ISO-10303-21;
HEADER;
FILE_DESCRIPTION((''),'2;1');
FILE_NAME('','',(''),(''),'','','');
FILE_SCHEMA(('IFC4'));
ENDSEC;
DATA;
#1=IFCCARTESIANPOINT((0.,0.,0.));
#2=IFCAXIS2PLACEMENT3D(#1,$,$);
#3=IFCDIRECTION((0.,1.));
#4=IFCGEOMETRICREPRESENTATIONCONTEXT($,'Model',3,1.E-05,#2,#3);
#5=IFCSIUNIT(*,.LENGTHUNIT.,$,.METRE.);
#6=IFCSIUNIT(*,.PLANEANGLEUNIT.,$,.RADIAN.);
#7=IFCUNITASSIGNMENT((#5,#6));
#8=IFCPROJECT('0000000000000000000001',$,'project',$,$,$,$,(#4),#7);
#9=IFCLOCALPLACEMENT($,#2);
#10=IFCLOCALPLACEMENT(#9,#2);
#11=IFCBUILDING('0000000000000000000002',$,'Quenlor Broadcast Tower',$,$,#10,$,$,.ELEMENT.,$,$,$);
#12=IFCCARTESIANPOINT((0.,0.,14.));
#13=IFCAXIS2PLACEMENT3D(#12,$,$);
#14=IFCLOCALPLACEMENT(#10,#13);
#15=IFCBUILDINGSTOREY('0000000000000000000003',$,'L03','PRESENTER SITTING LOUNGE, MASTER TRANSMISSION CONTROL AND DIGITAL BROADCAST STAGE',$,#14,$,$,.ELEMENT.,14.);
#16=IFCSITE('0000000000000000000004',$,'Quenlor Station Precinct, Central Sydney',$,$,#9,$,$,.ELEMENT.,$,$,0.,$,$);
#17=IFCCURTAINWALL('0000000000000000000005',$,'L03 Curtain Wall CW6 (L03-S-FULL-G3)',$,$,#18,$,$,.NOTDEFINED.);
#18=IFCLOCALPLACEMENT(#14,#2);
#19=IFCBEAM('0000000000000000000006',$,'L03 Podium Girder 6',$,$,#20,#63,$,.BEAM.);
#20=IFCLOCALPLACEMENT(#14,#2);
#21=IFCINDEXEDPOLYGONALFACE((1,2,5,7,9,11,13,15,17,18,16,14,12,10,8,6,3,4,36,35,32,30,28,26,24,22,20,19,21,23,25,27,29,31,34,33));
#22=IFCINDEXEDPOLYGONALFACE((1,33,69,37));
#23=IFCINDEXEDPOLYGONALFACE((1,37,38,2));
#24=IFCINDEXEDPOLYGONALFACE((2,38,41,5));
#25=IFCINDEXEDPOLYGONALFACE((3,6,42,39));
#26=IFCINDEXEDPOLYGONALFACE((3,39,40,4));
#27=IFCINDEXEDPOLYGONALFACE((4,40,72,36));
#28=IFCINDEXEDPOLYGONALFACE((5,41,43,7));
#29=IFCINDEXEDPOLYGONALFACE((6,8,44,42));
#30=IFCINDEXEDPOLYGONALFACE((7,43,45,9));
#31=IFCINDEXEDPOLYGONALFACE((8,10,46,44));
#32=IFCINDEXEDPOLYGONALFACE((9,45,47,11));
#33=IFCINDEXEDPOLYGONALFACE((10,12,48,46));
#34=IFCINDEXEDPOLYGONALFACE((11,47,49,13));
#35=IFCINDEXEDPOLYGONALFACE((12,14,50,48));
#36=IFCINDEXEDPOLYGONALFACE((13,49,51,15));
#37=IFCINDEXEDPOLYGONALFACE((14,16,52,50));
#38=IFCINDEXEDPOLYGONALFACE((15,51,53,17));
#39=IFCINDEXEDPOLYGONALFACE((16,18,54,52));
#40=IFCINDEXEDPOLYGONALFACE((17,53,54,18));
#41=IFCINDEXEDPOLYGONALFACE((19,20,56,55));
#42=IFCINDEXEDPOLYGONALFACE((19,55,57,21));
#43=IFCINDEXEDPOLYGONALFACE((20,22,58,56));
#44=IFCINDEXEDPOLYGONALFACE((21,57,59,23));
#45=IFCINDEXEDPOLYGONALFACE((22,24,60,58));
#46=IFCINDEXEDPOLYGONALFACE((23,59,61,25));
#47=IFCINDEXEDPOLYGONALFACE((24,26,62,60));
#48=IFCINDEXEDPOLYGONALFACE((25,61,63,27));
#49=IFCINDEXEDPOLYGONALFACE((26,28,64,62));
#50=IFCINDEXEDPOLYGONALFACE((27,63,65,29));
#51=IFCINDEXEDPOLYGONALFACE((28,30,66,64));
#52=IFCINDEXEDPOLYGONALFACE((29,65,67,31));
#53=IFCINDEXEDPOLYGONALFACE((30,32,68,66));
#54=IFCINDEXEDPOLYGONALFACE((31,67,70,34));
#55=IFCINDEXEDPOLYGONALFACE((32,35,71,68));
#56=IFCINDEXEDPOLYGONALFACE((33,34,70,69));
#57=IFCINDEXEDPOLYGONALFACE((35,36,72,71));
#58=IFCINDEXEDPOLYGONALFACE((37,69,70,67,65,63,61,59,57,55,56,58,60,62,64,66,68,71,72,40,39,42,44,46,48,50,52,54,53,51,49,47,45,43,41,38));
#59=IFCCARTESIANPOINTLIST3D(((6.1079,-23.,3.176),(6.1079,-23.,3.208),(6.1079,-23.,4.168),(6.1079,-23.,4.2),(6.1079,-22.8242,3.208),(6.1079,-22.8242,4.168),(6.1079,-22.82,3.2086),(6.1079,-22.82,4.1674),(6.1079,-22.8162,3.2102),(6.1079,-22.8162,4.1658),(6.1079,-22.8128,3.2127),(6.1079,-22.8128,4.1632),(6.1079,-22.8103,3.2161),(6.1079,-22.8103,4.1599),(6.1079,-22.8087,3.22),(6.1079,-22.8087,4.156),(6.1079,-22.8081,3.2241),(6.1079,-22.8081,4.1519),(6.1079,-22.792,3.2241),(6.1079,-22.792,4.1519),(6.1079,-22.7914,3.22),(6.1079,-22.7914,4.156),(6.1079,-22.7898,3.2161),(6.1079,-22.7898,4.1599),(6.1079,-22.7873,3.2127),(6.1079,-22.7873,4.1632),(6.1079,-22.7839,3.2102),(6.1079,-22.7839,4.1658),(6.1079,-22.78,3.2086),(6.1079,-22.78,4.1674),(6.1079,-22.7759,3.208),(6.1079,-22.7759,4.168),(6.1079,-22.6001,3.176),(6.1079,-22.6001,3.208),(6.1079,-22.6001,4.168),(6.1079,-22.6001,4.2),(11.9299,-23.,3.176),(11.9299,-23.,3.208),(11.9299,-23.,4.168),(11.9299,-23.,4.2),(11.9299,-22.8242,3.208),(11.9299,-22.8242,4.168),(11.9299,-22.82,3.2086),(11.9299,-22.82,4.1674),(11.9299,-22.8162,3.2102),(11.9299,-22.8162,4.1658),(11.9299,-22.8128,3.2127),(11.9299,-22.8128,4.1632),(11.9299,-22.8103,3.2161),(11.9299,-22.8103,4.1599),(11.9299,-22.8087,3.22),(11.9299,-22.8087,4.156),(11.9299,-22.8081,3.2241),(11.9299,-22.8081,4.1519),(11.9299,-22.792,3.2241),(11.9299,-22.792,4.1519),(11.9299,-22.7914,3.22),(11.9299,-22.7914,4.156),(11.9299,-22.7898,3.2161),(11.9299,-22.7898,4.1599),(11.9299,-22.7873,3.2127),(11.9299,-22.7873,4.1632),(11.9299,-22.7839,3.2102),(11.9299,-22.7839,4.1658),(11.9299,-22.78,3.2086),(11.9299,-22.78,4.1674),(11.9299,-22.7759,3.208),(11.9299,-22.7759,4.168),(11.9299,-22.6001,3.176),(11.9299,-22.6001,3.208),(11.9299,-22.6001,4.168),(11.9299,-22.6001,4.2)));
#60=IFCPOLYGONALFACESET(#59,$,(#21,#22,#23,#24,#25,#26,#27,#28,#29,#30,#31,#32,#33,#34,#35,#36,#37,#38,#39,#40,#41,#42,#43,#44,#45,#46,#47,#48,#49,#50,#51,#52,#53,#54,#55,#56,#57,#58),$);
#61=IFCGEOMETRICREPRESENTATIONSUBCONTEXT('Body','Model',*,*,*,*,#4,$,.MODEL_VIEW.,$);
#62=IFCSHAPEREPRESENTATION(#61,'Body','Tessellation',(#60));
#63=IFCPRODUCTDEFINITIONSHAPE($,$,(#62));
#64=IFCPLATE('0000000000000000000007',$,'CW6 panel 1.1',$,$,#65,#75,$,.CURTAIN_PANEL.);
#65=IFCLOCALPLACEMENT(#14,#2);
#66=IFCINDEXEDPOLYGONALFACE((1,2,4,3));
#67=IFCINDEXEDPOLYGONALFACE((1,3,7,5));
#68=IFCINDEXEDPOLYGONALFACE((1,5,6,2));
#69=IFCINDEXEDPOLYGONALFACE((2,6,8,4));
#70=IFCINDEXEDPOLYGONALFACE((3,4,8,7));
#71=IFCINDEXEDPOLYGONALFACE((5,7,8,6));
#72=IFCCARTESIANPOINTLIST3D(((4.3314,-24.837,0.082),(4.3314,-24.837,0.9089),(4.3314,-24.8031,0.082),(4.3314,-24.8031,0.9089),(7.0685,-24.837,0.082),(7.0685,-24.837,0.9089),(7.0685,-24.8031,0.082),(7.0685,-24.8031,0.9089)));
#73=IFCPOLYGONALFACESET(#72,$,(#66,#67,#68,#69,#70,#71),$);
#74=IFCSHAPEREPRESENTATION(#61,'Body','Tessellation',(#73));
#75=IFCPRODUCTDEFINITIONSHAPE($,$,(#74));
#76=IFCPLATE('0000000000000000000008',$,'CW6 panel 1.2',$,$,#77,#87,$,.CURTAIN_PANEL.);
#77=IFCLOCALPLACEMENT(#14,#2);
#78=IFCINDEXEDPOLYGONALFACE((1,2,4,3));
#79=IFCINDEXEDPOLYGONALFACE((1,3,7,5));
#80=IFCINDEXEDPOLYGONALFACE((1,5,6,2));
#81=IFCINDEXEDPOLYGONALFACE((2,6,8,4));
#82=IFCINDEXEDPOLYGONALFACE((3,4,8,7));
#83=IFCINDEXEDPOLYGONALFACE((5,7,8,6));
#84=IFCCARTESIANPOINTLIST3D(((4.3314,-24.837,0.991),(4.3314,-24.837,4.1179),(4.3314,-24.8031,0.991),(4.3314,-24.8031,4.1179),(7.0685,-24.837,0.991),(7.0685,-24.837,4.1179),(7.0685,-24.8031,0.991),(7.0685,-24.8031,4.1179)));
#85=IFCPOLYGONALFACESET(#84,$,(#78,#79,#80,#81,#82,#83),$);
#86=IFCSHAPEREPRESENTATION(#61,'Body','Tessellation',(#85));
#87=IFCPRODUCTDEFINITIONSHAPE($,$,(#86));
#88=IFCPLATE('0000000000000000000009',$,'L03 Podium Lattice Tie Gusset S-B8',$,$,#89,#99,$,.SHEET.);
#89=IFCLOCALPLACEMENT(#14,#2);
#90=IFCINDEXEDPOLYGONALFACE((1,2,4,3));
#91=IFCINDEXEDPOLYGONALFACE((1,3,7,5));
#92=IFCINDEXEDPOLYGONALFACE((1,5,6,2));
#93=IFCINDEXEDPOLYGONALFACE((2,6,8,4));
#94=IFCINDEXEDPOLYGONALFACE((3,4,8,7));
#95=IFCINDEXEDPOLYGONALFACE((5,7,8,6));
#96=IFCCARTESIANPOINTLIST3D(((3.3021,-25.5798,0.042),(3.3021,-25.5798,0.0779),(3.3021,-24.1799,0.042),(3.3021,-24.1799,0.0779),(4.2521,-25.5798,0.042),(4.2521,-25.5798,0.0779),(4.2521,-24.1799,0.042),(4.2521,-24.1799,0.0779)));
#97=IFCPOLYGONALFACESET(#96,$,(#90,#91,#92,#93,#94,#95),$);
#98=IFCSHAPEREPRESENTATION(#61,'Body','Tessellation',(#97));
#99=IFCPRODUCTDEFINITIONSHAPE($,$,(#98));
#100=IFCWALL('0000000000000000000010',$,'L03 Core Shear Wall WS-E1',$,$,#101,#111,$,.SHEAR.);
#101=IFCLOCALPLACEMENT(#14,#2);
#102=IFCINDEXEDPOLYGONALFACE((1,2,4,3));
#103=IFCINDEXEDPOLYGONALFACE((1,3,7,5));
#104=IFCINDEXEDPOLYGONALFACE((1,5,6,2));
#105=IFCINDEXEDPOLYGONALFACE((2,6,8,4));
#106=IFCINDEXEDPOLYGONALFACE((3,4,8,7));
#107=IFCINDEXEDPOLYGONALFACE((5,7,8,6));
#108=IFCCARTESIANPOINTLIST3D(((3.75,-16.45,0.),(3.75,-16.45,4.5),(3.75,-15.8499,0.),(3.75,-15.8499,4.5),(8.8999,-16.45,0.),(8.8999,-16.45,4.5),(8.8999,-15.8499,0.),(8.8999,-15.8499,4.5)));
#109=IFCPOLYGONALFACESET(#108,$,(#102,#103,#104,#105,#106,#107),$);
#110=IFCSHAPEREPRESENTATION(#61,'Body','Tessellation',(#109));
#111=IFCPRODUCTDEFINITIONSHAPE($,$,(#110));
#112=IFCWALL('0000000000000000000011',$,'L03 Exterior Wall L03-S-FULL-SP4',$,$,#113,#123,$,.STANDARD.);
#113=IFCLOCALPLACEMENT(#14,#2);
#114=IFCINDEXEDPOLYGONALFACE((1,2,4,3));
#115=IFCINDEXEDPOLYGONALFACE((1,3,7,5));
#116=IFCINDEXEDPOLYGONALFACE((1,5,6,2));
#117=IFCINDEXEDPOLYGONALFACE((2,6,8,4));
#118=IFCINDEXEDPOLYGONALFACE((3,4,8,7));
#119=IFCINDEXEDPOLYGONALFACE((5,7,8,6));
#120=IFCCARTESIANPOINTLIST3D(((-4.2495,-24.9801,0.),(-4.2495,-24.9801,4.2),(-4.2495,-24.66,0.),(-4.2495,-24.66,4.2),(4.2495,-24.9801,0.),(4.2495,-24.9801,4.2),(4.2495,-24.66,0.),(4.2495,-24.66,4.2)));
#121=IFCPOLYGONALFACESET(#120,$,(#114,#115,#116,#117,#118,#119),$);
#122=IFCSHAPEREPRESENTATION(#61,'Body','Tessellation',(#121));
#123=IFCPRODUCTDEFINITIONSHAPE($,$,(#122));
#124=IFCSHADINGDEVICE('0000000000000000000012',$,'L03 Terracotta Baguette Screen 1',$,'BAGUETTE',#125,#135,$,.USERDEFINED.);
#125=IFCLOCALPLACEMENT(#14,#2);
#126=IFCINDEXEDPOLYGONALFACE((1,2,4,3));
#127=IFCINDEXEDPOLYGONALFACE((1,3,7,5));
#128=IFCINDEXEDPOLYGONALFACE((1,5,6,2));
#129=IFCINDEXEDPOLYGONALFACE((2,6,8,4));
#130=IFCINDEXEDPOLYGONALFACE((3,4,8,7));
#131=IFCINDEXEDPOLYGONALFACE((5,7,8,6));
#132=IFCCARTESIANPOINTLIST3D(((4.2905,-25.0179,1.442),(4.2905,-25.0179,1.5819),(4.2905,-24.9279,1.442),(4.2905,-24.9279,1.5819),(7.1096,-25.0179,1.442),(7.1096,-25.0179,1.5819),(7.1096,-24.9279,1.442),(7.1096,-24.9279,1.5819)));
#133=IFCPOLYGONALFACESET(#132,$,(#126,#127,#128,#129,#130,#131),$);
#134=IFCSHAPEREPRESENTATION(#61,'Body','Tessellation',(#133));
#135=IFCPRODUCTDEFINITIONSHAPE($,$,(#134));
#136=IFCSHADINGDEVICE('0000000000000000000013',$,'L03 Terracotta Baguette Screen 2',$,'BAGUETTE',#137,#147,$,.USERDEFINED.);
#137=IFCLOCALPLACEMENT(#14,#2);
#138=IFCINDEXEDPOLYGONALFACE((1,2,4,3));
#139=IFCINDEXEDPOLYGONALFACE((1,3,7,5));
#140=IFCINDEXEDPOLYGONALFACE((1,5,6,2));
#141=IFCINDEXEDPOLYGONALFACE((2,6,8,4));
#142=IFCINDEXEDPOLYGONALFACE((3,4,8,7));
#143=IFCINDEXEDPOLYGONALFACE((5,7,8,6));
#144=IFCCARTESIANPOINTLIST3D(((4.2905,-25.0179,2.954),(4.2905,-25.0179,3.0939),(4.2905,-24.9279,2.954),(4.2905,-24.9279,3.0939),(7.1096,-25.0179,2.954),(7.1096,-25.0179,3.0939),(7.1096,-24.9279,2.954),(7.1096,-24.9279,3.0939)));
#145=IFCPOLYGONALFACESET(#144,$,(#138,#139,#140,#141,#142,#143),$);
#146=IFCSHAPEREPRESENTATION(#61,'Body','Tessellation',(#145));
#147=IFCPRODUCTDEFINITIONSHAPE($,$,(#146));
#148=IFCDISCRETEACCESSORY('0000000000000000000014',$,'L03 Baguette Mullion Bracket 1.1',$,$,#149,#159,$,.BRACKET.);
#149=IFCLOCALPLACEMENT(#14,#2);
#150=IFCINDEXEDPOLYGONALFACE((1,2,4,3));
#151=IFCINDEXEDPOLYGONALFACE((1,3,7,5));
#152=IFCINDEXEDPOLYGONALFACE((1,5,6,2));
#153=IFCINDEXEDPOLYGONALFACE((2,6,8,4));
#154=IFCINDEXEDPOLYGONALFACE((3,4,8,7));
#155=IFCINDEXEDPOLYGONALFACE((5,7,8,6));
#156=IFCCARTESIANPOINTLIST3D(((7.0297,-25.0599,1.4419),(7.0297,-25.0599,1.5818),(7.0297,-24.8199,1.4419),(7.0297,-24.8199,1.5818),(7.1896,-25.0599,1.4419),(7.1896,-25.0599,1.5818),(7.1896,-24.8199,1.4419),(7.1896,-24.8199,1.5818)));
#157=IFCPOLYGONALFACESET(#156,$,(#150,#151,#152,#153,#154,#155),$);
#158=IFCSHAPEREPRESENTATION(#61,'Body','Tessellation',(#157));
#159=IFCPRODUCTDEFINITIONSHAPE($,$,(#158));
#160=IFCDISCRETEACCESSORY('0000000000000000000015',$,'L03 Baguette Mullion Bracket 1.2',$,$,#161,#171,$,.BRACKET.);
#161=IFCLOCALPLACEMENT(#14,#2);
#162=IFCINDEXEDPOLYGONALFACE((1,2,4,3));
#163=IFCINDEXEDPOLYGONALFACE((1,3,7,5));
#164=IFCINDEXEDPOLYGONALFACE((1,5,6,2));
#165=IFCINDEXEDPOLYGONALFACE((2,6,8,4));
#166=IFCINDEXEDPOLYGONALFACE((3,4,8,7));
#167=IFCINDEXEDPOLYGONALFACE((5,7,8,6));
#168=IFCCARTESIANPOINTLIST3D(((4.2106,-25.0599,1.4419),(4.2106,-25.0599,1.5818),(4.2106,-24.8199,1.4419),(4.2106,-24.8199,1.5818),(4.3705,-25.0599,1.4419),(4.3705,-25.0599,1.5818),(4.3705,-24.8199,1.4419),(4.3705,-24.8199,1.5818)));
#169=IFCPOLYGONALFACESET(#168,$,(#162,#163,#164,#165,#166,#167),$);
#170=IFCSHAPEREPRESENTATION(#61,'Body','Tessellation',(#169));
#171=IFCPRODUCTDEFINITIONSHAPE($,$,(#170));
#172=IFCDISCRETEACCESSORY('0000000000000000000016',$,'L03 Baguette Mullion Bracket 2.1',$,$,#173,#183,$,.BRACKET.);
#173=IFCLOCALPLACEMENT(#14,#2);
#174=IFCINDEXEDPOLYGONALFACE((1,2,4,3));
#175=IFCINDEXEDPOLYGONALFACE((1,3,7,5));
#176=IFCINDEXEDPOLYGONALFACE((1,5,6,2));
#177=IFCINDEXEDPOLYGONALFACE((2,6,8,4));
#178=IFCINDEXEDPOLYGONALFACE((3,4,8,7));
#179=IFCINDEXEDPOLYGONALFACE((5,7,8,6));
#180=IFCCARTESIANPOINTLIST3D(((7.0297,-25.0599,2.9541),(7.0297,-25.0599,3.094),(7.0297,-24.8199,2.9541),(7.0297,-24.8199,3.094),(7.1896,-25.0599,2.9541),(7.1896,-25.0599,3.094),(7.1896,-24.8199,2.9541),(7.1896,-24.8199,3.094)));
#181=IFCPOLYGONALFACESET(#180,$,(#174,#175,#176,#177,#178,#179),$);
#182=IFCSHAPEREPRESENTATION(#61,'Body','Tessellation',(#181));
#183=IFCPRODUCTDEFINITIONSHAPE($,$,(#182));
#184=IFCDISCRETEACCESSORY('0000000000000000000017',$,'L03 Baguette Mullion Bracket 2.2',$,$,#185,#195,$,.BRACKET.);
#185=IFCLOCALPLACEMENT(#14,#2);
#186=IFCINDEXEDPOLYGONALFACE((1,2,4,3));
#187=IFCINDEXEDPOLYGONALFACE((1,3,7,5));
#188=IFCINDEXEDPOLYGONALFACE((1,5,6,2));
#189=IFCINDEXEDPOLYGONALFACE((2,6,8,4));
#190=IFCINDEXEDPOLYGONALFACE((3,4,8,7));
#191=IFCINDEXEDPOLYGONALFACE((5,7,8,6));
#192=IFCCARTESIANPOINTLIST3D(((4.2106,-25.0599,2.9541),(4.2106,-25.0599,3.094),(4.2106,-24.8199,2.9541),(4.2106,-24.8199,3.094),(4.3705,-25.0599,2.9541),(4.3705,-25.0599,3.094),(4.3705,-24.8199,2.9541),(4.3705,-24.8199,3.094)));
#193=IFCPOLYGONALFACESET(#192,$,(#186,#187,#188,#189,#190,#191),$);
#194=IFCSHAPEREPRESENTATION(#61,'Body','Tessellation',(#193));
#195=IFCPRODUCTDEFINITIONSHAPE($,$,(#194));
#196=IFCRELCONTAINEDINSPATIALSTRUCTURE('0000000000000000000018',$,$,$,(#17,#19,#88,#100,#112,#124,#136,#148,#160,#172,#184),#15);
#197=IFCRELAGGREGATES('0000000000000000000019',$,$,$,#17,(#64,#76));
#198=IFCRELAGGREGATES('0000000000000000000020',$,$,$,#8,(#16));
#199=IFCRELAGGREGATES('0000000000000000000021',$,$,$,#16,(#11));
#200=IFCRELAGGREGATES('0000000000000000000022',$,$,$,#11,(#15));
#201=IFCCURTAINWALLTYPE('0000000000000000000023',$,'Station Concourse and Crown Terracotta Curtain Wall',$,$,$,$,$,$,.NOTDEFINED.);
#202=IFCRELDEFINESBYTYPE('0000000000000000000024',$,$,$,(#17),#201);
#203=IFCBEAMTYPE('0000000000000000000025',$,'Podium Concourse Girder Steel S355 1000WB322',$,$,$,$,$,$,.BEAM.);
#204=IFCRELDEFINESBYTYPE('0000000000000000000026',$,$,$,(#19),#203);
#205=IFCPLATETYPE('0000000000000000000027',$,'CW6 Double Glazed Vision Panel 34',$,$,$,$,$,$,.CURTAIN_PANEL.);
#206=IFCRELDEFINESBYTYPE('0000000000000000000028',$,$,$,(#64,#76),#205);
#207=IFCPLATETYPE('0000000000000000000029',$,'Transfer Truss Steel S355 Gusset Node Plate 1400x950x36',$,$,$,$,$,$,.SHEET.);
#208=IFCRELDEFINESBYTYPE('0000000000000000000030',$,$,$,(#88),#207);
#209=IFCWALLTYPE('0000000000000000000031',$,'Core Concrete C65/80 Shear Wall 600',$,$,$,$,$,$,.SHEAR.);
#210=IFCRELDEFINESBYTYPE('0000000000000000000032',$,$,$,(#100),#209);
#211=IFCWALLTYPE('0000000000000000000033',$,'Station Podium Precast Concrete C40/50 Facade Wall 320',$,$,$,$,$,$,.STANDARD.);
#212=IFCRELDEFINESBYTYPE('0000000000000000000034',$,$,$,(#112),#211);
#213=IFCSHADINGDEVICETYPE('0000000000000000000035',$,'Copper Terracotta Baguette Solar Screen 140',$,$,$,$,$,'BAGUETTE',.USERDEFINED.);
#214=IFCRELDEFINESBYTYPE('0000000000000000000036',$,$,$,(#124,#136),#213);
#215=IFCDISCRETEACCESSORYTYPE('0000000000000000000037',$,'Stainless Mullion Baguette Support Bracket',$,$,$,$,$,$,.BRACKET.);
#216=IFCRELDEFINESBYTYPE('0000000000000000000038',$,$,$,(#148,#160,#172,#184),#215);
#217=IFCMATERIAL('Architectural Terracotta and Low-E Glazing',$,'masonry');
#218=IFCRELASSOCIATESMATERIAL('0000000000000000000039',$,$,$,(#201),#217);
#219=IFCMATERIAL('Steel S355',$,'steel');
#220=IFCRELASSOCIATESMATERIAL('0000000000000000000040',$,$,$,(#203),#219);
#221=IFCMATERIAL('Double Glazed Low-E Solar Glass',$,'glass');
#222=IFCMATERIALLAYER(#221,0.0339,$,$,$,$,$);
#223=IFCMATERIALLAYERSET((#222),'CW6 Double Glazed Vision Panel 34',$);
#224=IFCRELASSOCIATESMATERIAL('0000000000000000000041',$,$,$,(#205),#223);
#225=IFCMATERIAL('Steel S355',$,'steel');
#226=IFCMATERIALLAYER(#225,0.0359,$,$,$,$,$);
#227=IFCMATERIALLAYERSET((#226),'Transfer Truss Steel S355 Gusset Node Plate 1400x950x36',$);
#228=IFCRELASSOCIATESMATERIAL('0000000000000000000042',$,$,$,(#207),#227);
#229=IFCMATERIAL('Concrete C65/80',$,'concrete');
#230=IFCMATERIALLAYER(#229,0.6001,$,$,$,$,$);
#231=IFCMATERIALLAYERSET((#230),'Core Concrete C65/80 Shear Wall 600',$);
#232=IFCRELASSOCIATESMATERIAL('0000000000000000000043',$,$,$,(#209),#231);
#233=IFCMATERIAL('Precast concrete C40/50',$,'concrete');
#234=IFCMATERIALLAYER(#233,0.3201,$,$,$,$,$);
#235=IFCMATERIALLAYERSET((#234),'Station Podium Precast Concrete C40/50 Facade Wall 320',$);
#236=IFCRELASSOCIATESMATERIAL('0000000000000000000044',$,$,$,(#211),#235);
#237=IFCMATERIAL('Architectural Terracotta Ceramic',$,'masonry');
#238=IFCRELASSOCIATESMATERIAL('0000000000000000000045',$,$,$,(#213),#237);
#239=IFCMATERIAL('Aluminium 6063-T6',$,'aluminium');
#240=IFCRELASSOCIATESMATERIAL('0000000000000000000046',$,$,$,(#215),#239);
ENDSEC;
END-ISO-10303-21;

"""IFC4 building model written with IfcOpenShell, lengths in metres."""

from ifc_helpers import new_model, si_unit, direction, frame, frame_2d, origin, origin_2d, place, context, subcontext, project, spatial, rectangle, i_section, extrude, material, layer, layer_set, material_profile, profile_set, type_object, element, aggregate, save


model = new_model("IFC4")

# Units and contexts
model_context = context("Model", 3, precision=1e-05, world=origin(), true_north=direction((0.0, 1.0)))
body_context = subcontext(model_context, "Body", "Model", "MODEL_VIEW")
ifc_project = project(units=[si_unit("LENGTHUNIT", "METRE"), si_unit("PLANEANGLEUNIT", "RADIAN")], contexts=[model_context])

# Site, building, storey
site_placement = place(None, origin())
site = spatial("IfcSite", under=ifc_project, at=site_placement, Name="Quenlor Station Precinct, Central Sydney", CompositionType="ELEMENT", RefElevation=0.0)
building_placement = place(site_placement, origin())
building = spatial("IfcBuilding", under=site, at=building_placement, Name="Quenlor Broadcast Tower", CompositionType="ELEMENT")
storey_placement = place(building_placement, frame((0.0, 0.0, 14.0)))
storey = spatial("IfcBuildingStorey", under=building, at=storey_placement, Name="L03", Description="PRESENTER SITTING LOUNGE, MASTER TRANSMISSION CONTROL AND DIGITAL BROADCAST STAGE", CompositionType="ELEMENT", Elevation=14.0)

# Curtain wall
ifc_material_1 = material(Name="Architectural Terracotta and Low-E Glazing", Category="masonry")
curtain_wall_type = type_object("IfcCurtainWallType", Name="Station Concourse and Crown Terracotta Curtain Wall", PredefinedType="NOTDEFINED", material=ifc_material_1)
curtain_wall_placement = place(storey_placement, origin())
curtain_wall = element("IfcCurtainWall", 1, at=curtain_wall_placement, inside=storey, type_object=curtain_wall_type, Name="L03 Curtain Wall CW6 (L03-S-FULL-G3)", PredefinedType="NOTDEFINED")

# Beam
ifc_material_2 = material(Name="Steel S355", Category="steel")
ifc_material_profile_1 = material_profile(ifc_material_2, i_section(OverallWidth=0.3999, OverallDepth=1.0239, WebThickness=0.0161, FlangeThickness=0.032, FilletRadius=0.0161, at=origin_2d()))
ifc_profile_set_1 = profile_set([ifc_material_profile_1], Name="Steel S355 1000WB322")
beam_type = type_object("IfcBeamType", Name="Podium Concourse Girder Steel S355 1000WB322", PredefinedType="BEAM", material=ifc_profile_set_1)
beam_placement = place(storey_placement, frame((6.1079, -22.8, 3.688), z_axis=(1.0, 0.0, 0.0), x_axis=(0.0, 1.0, 0.0)))
element("IfcBeam", 2, at=beam_placement, inside=storey, type_object=beam_type, Name="L03 Podium Girder 6", PredefinedType="BEAM", context=body_context, shape_type="SweptSolid", body=[
    extrude(i_section(OverallWidth=0.3999, OverallDepth=1.0239, WebThickness=0.0161, FlangeThickness=0.032, FilletRadius=0.0161, at=origin_2d()), origin(), (0.0, 0.0, 1.0), 5.822),
])

# Plates
ifc_material_3 = material(Name="Double Glazed Low-E Solar Glass", Category="glass")
ifc_layer_1 = layer(ifc_material_3, 0.0339)
ifc_layer_set_1 = layer_set([ifc_layer_1], Name="CW6 Double Glazed Vision Panel 34")
plate_type_1 = type_object("IfcPlateType", Name="CW6 Double Glazed Vision Panel 34", PredefinedType="CURTAIN_PANEL", material=ifc_layer_set_1)
plate_1_placement = place(storey_placement, frame((5.7, -24.8201, 0.082), z_axis=(0.0, 0.0, 1.0), x_axis=(-1.0, 0.0, 0.0)))
plate_1 = element("IfcPlate", 3, at=plate_1_placement, type_object=plate_type_1, Name="CW6 panel 1.1", PredefinedType="CURTAIN_PANEL", context=body_context, shape_type="SweptSolid", body=[
    extrude(rectangle(XDim=2.7371, YDim=0.0339, at=origin_2d()), origin(), (0.0, 0.0, 1.0), 0.8269),
])
plate_2_placement = place(storey_placement, frame((5.7, -24.8201, 0.991), z_axis=(0.0, 0.0, 1.0), x_axis=(-1.0, 0.0, 0.0)))
plate_2 = element("IfcPlate", 4, at=plate_2_placement, type_object=plate_type_1, Name="CW6 panel 1.2", PredefinedType="CURTAIN_PANEL", context=body_context, shape_type="SweptSolid", body=[
    extrude(rectangle(XDim=2.7371, YDim=0.0339, at=origin_2d()), origin(), (0.0, 0.0, 1.0), 3.127),
])
aggregate(curtain_wall, [plate_1, plate_2])
ifc_material_4 = material(Name="Steel S355", Category="steel")
ifc_layer_2 = layer(ifc_material_4, 0.0359)
ifc_layer_set_2 = layer_set([ifc_layer_2], Name="Transfer Truss Steel S355 Gusset Node Plate 1400x950x36")
plate_type_2 = type_object("IfcPlateType", Name="Transfer Truss Steel S355 Gusset Node Plate 1400x950x36", PredefinedType="SHEET", material=ifc_layer_set_2)
plate_3_placement = place(storey_placement, frame((3.7771, -24.8799, 0.042), z_axis=(0.0, 0.0, 1.0), x_axis=(0.0, -1.0, 0.0)))
element("IfcPlate", 5, at=plate_3_placement, inside=storey, type_object=plate_type_2, Name="L03 Podium Lattice Tie Gusset S-B8", PredefinedType="SHEET", context=body_context, shape_type="SweptSolid", body=[
    extrude(rectangle(XDim=1.3999, YDim=0.95, at=origin_2d()), origin(), (0.0, 0.0, 1.0), 0.0359),
])

# Walls
ifc_material_5 = material(Name="Concrete C65/80", Category="concrete")
ifc_layer_3 = layer(ifc_material_5, 0.6001)
ifc_layer_set_3 = layer_set([ifc_layer_3], Name="Core Concrete C65/80 Shear Wall 600")
wall_type_1 = type_object("IfcWallType", Name="Core Concrete C65/80 Shear Wall 600", PredefinedType="SHEAR", material=ifc_layer_set_3)
wall_1_placement = place(storey_placement, frame((3.75, -16.1499, 0.0), z_axis=(0.0, 0.0, 1.0), x_axis=(1.0, 0.0, 0.0)))
element("IfcWall", 6, at=wall_1_placement, inside=storey, type_object=wall_type_1, Name="L03 Core Shear Wall WS-E1", PredefinedType="SHEAR", context=body_context, shape_type="SweptSolid", body=[
    extrude(rectangle(XDim=5.1499, YDim=0.6001, at=frame_2d((2.575, 0.0))), origin(), (0.0, 0.0, 1.0), 4.5),
])
ifc_material_6 = material(Name="Precast concrete C40/50", Category="concrete")
ifc_layer_4 = layer(ifc_material_6, 0.3201)
ifc_layer_set_4 = layer_set([ifc_layer_4], Name="Station Podium Precast Concrete C40/50 Facade Wall 320")
wall_type_2 = type_object("IfcWallType", Name="Station Podium Precast Concrete C40/50 Facade Wall 320", PredefinedType="STANDARD", material=ifc_layer_set_4)
wall_2_placement = place(storey_placement, frame((4.2495, -24.8201, 0.0), z_axis=(0.0, 0.0, 1.0), x_axis=(-1.0, 0.0, 0.0)))
element("IfcWall", 7, at=wall_2_placement, inside=storey, type_object=wall_type_2, Name="L03 Exterior Wall L03-S-FULL-SP4", PredefinedType="STANDARD", context=body_context, shape_type="SweptSolid", body=[
    extrude(rectangle(XDim=8.499, YDim=0.3201, at=frame_2d((4.2495, 0.0))), origin(), (0.0, 0.0, 1.0), 4.2),
])

# Shading devices
ifc_material_7 = material(Name="Architectural Terracotta Ceramic", Category="masonry")
ifc_material_profile_2 = material_profile(ifc_material_7, rectangle(XDim=0.0901, YDim=0.1399, at=origin_2d()))
ifc_profile_set_2 = profile_set([ifc_material_profile_2], Name="Architectural Terracotta Ceramic BAG90x140")
shading_device_type = type_object("IfcShadingDeviceType", Name="Copper Terracotta Baguette Solar Screen 140", ElementType="BAGUETTE", PredefinedType="USERDEFINED", material=ifc_profile_set_2)
for number, where, z_axis, x_axis, name in (
    (8, (7.1096, -24.9729, 1.512), (-1.0, 0.0, 0.0), (0.0, -1.0, 0.0), "L03 Terracotta Baguette Screen 1"),
    (9, (7.1096, -24.9729, 3.0239), (-1.0, 0.0, 0.0), (0.0, -1.0, 0.0), "L03 Terracotta Baguette Screen 2"),
):
    element("IfcShadingDevice", number, at=place(storey_placement, frame(where, z_axis=z_axis, x_axis=x_axis)), inside=storey, type_object=shading_device_type, Name=name, ObjectType="BAGUETTE", PredefinedType="USERDEFINED", context=body_context, shape_type="SweptSolid", body=[
        extrude(rectangle(XDim=0.0901, YDim=0.1399, at=origin_2d()), origin(), (0.0, 0.0, 1.0), 2.8191),
    ])

# Discrete accessories
ifc_material_8 = material(Name="Aluminium 6063-T6", Category="aluminium")
discrete_accessory_type = type_object("IfcDiscreteAccessoryType", Name="Stainless Mullion Baguette Support Bracket", PredefinedType="BRACKET", material=ifc_material_8)
for number, where, z_axis, x_axis, name in (
    (10, (7.1096, -24.9399, 1.4419), (0.0, 0.0, 1.0), (-1.0, 0.0, 0.0), "L03 Baguette Mullion Bracket 1.1"),
    (11, (4.2905, -24.9399, 1.4419), (0.0, 0.0, 1.0), (-1.0, 0.0, 0.0), "L03 Baguette Mullion Bracket 1.2"),
    (12, (7.1096, -24.9399, 2.9541), (0.0, 0.0, 1.0), (-1.0, 0.0, 0.0), "L03 Baguette Mullion Bracket 2.1"),
    (13, (4.2905, -24.9399, 2.9541), (0.0, 0.0, 1.0), (-1.0, 0.0, 0.0), "L03 Baguette Mullion Bracket 2.2"),
):
    element("IfcDiscreteAccessory", number, at=place(storey_placement, frame(where, z_axis=z_axis, x_axis=x_axis)), inside=storey, type_object=discrete_accessory_type, Name=name, PredefinedType="BRACKET", context=body_context, shape_type="SweptSolid", body=[
        extrude(rectangle(XDim=0.1599, YDim=0.24, at=origin_2d()), origin(), (0.0, 0.0, 1.0), 0.1399),
    ])

save(model, "model.ifc")
